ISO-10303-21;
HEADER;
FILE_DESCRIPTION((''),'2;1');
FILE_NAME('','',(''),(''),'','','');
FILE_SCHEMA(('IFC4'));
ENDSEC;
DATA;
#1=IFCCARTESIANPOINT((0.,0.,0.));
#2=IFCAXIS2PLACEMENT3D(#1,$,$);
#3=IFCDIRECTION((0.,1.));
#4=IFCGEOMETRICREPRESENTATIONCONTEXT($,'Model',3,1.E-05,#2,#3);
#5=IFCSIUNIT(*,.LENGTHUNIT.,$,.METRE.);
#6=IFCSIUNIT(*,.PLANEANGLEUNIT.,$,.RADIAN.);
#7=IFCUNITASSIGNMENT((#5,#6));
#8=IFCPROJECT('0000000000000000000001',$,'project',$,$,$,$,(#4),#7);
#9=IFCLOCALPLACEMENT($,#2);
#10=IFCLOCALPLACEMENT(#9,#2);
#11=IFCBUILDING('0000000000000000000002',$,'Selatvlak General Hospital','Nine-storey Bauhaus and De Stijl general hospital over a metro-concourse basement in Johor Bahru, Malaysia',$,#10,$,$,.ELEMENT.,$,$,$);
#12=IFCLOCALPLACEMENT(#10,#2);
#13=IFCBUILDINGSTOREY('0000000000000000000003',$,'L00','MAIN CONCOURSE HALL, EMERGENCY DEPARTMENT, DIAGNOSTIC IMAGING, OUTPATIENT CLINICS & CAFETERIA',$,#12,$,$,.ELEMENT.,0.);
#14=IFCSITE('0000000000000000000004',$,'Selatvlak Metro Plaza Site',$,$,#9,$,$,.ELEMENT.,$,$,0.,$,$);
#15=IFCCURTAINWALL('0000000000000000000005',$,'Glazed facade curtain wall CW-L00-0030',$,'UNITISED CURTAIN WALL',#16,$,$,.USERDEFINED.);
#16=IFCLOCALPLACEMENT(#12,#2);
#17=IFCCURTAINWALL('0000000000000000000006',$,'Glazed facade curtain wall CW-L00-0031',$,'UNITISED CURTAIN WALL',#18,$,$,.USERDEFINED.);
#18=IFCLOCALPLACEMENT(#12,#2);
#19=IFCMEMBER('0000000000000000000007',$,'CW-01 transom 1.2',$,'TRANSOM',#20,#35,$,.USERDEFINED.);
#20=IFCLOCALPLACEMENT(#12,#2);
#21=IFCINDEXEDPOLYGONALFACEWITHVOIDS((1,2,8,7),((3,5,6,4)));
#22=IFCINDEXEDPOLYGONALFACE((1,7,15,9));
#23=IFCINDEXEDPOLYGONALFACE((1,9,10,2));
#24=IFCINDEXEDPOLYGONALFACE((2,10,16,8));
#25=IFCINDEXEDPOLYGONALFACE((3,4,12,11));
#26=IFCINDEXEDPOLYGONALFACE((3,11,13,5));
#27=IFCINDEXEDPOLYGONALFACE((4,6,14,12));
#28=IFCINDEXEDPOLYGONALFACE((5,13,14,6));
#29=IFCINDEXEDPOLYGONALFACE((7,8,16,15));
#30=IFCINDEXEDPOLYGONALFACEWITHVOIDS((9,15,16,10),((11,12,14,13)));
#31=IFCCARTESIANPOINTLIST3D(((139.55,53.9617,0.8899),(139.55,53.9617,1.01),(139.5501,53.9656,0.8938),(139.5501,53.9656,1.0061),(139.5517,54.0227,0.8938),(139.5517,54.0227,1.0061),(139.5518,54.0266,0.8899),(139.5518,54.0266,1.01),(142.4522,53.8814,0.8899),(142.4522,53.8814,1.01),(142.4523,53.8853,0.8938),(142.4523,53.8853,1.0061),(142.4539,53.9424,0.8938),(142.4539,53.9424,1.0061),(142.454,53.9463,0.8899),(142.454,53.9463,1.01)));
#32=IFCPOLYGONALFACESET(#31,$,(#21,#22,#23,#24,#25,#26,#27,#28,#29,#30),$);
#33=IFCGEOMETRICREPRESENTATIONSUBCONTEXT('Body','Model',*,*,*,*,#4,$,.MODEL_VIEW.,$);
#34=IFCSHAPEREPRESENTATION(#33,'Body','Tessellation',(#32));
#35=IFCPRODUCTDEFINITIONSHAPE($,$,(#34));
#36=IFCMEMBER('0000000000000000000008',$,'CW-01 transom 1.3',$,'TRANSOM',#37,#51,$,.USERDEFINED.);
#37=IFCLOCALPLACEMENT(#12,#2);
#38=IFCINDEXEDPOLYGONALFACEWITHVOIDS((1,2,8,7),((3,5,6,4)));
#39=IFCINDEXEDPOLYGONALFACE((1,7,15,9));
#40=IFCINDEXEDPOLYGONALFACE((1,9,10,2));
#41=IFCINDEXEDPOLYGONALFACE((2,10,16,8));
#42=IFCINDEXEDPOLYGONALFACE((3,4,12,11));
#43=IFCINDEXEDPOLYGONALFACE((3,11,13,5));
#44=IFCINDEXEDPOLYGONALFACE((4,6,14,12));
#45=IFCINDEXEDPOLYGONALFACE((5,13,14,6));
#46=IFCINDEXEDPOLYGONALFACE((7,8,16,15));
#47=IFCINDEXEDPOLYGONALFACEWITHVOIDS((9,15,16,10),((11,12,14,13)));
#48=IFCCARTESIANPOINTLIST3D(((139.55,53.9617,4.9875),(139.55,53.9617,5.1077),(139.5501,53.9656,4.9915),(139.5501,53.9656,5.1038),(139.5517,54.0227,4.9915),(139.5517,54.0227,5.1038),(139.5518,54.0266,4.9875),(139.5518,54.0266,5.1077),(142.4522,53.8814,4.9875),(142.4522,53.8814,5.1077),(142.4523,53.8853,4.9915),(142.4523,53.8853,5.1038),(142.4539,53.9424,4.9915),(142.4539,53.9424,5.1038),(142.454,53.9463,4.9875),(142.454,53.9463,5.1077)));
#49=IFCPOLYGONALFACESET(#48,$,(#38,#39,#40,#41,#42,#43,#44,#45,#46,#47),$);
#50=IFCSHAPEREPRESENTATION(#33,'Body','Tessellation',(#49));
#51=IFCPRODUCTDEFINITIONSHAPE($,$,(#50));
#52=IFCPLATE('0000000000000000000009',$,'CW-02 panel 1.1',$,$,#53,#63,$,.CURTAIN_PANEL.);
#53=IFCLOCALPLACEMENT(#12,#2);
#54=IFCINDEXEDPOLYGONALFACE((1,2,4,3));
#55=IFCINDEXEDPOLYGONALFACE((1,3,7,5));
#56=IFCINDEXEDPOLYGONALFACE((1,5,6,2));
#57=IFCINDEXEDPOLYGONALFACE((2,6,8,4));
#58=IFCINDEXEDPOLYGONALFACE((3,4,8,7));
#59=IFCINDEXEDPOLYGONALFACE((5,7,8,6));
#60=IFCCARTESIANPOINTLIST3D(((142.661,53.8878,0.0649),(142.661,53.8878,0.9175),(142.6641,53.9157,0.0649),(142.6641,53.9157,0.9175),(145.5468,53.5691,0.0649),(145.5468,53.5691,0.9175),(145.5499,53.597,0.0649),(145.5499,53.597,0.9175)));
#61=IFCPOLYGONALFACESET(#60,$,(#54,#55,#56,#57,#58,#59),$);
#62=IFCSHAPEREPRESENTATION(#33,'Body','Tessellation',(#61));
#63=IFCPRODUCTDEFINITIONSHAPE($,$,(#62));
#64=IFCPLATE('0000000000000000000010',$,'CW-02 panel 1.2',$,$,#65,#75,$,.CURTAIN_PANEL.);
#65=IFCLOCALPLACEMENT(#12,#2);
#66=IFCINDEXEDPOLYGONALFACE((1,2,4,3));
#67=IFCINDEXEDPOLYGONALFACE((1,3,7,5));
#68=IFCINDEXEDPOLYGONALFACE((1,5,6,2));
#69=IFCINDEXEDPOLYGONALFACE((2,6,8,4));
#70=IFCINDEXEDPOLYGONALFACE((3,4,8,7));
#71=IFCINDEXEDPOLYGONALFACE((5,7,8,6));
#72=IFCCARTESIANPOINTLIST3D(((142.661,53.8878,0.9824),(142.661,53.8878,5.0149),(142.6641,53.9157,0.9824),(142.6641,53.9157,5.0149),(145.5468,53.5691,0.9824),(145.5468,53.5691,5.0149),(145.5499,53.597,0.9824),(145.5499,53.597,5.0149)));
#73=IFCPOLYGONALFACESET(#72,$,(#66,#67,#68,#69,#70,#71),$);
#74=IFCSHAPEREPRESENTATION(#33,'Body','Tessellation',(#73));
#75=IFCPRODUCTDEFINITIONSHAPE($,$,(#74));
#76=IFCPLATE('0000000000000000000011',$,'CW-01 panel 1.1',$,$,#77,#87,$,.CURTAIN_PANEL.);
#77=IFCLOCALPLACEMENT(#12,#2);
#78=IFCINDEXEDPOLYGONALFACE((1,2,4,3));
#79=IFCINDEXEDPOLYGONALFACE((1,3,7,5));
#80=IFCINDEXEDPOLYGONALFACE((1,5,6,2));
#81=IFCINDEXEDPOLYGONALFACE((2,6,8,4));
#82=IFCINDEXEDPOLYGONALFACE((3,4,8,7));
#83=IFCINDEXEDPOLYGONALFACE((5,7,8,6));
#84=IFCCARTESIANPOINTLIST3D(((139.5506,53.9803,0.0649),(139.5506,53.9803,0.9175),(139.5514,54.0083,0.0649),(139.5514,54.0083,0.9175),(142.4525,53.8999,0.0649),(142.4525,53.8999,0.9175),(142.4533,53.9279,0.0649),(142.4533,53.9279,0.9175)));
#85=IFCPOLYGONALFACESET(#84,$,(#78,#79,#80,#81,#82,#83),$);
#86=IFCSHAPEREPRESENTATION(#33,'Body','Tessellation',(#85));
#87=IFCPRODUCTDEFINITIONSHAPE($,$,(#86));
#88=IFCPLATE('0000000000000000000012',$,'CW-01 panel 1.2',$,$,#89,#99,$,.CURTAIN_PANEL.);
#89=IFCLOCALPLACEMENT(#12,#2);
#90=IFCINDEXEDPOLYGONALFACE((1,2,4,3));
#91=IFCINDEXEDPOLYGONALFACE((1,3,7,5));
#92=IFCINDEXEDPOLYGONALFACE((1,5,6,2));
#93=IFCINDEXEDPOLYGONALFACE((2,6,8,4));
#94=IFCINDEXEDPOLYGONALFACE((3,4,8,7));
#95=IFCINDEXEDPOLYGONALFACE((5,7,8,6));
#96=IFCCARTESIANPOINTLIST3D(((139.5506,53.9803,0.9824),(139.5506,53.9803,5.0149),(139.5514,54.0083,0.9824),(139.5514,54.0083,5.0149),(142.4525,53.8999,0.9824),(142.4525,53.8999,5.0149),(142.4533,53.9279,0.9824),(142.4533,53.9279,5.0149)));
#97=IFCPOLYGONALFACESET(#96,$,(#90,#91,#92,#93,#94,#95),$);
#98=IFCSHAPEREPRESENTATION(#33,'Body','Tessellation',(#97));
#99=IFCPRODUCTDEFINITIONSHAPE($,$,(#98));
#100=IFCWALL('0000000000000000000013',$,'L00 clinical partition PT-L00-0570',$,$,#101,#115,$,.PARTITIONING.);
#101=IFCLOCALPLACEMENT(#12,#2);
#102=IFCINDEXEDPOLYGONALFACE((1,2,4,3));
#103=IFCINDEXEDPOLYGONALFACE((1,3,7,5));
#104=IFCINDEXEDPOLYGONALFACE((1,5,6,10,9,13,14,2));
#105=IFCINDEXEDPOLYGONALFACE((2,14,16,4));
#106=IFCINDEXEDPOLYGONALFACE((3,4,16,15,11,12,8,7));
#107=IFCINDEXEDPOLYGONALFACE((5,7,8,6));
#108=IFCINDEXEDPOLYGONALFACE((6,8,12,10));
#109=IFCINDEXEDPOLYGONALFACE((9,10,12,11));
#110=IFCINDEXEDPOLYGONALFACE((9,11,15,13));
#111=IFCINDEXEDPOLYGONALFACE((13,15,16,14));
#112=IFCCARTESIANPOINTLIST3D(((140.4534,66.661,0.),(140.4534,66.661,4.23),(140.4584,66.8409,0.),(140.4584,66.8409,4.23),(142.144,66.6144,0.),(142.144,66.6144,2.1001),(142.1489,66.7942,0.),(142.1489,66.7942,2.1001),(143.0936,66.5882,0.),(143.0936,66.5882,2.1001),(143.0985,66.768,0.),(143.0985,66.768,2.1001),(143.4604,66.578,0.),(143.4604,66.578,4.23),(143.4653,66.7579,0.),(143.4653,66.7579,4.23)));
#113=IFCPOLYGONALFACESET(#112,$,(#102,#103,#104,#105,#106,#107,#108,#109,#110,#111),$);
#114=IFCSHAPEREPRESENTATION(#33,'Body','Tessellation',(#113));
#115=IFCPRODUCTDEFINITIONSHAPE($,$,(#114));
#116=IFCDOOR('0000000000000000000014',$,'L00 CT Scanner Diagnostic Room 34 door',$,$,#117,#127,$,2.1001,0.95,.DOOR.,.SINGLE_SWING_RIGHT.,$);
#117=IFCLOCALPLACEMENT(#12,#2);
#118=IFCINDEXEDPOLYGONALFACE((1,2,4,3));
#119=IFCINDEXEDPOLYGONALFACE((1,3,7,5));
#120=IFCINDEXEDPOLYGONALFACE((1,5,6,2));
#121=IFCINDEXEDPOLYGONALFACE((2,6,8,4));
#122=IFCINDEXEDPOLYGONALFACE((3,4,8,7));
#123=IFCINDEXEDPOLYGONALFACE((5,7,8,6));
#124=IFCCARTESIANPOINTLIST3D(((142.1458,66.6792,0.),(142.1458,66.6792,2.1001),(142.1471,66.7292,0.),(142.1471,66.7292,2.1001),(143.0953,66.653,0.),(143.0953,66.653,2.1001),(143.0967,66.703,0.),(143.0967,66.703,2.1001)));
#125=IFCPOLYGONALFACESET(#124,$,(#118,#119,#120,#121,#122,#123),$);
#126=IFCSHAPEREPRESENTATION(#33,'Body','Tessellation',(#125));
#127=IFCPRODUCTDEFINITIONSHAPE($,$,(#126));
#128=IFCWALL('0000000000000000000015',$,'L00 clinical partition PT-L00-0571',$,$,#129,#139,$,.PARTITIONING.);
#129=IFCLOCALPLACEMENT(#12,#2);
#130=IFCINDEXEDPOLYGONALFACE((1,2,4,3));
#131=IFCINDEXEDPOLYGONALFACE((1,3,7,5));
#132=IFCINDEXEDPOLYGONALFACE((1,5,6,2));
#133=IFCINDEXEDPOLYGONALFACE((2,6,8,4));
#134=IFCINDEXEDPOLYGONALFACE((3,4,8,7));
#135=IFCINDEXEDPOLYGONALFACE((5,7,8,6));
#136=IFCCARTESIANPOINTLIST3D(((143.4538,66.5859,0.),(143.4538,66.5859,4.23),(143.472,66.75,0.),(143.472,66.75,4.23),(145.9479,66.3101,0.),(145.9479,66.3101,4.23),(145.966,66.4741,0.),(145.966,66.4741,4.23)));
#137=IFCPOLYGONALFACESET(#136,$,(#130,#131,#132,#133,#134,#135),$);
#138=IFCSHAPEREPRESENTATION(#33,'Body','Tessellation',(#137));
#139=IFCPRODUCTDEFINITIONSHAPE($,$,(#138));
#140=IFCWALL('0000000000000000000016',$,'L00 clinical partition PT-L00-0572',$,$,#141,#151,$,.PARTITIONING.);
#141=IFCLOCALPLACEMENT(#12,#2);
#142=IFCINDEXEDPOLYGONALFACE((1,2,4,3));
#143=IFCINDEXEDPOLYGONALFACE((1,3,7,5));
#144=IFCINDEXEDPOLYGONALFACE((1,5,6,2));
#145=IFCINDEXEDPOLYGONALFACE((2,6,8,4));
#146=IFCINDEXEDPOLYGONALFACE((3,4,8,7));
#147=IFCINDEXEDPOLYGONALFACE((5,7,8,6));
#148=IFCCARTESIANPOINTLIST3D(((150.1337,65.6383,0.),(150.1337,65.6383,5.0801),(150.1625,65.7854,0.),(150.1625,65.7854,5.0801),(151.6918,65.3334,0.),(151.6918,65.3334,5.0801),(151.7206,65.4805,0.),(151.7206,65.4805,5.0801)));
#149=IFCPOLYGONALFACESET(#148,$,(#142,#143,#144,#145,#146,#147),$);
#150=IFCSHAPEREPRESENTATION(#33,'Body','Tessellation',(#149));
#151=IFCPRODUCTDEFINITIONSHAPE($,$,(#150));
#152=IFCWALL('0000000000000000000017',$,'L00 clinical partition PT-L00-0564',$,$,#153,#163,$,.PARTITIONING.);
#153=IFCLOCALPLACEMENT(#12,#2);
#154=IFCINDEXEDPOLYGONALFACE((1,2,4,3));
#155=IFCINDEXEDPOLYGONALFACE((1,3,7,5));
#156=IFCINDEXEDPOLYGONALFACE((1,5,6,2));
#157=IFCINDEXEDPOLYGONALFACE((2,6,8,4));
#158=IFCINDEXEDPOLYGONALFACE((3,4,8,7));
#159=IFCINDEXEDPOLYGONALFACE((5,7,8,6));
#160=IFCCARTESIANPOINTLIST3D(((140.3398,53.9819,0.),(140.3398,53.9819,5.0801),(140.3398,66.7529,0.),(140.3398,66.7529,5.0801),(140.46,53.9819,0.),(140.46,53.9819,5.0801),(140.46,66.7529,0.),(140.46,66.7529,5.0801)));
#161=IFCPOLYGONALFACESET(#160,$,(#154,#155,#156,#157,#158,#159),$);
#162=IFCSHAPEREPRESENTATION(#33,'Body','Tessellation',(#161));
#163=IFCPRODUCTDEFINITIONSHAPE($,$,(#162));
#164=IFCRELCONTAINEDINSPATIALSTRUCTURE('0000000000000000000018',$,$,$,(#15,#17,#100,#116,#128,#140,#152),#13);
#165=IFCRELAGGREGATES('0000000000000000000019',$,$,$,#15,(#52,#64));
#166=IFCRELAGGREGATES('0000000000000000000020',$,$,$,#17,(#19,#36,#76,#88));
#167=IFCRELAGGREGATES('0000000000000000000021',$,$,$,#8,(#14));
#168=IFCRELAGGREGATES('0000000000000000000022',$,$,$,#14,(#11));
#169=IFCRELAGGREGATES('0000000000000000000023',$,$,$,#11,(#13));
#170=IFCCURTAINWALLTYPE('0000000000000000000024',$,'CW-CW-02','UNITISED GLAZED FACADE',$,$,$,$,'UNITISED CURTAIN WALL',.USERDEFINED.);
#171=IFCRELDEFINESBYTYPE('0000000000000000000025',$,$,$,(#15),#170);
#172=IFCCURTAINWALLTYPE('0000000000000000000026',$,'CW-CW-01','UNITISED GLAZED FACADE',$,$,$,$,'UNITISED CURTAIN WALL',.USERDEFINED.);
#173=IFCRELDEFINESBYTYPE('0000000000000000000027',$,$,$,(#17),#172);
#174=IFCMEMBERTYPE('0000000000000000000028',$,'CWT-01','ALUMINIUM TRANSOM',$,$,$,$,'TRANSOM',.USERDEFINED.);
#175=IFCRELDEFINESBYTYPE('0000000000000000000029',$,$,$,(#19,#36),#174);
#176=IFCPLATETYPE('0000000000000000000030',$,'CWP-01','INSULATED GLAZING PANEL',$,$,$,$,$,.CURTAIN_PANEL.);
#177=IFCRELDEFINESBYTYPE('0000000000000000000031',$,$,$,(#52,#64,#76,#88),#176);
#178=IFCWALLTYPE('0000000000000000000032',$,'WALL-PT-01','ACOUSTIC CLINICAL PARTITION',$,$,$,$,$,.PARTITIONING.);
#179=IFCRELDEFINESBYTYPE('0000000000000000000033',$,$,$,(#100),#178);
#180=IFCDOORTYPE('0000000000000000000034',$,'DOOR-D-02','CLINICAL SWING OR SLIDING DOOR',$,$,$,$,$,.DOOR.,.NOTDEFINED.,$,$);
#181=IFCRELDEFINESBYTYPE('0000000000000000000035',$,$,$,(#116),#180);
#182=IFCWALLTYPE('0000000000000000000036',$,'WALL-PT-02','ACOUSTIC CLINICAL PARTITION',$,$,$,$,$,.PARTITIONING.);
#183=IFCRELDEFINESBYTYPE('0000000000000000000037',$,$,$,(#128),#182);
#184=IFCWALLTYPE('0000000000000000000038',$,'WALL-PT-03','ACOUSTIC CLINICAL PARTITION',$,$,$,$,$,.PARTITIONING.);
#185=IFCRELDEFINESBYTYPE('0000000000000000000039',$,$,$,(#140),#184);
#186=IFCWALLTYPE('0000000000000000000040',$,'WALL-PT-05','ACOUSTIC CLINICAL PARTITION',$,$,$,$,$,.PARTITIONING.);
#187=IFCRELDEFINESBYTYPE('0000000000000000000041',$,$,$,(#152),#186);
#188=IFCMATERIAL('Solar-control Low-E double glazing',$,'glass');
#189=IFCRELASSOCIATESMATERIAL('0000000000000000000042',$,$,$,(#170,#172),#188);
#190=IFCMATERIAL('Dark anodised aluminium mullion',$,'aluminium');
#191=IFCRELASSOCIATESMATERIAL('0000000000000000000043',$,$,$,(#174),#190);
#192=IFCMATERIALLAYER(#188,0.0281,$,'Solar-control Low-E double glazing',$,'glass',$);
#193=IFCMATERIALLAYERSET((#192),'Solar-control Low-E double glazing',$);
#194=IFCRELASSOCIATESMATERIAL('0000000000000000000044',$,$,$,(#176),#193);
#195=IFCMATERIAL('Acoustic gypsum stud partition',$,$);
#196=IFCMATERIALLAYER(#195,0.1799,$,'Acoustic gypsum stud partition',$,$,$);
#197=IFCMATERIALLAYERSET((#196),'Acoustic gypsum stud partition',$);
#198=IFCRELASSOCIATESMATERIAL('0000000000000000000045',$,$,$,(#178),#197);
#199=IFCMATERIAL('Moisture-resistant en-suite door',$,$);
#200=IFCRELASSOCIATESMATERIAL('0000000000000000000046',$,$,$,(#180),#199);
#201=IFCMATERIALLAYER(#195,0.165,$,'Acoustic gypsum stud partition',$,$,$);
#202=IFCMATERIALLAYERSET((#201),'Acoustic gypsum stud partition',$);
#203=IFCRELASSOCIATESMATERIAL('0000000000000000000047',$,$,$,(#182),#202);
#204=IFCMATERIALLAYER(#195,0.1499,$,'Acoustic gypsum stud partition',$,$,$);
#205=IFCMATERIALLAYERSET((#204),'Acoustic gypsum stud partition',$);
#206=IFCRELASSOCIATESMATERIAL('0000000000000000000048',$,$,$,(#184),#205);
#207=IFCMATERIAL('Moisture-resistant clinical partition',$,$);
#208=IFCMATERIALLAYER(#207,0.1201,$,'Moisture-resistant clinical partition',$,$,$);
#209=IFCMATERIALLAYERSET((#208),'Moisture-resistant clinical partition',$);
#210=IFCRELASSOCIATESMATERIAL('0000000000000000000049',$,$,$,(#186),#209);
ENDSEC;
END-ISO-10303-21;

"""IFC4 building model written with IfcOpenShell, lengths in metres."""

from ifc_helpers import new_model, si_unit, direction, frame, frame_2d, origin, origin_2d, place, context, subcontext, project, spatial, rectangle, hollow_rectangle, extrude, material, layer, layer_set, material_profile, profile_set, type_object, element, fill, aggregate, save


model = new_model("IFC4")

# Units and contexts
model_context = context("Model", 3, precision=1e-05, world=origin(), true_north=direction((0.0, 1.0)))
body_context = subcontext(model_context, "Body", "Model", "MODEL_VIEW")
ifc_project = project(units=[si_unit("LENGTHUNIT", "METRE"), si_unit("PLANEANGLEUNIT", "RADIAN")], contexts=[model_context])

# Site, building, storey
site_placement = place(None, origin())
site = spatial("IfcSite", under=ifc_project, at=site_placement, Name="Selatvlak Metro Plaza Site", CompositionType="ELEMENT", RefElevation=0.0)
building_placement = place(site_placement, origin())
building = spatial("IfcBuilding", under=site, at=building_placement, Name="Selatvlak General Hospital", Description="Nine-storey Bauhaus and De Stijl general hospital over a metro-concourse basement in Johor Bahru, Malaysia", CompositionType="ELEMENT")
storey_placement = place(building_placement, origin())
storey = spatial("IfcBuildingStorey", under=building, at=storey_placement, Name="L00", Description="MAIN CONCOURSE HALL, EMERGENCY DEPARTMENT, DIAGNOSTIC IMAGING, OUTPATIENT CLINICS & CAFETERIA", CompositionType="ELEMENT", Elevation=0.0)

# Curtain walls
ifc_material_1 = material(Name="Solar-control Low-E double glazing", Category="glass")
curtain_wall_type_1 = type_object("IfcCurtainWallType", Name="CW-CW-02", Description="UNITISED GLAZED FACADE", ElementType="UNITISED CURTAIN WALL", PredefinedType="USERDEFINED", material=ifc_material_1)
curtain_wall_1_placement = place(storey_placement, origin())
curtain_wall_1 = element("IfcCurtainWall", 1, at=curtain_wall_1_placement, inside=storey, type_object=curtain_wall_type_1, Name="Glazed facade curtain wall CW-L00-0030", ObjectType="UNITISED CURTAIN WALL", PredefinedType="USERDEFINED")
ifc_material_2 = material(Name="Dark anodised aluminium mullion", Category="aluminium")
curtain_wall_type_2 = type_object("IfcCurtainWallType", Name="CW-CW-01", Description="UNITISED GLAZED FACADE", ElementType="UNITISED CURTAIN WALL", PredefinedType="USERDEFINED", material=ifc_material_1)
curtain_wall_2_placement = place(storey_placement, origin())
curtain_wall_2 = element("IfcCurtainWall", 2, at=curtain_wall_2_placement, inside=storey, type_object=curtain_wall_type_2, Name="Glazed facade curtain wall CW-L00-0031", ObjectType="UNITISED CURTAIN WALL", PredefinedType="USERDEFINED")

# Members
ifc_material_profile_1 = material_profile(ifc_material_2, hollow_rectangle(XDim=0.0649, YDim=0.1201, WallThickness=0.0039, at=origin_2d()), Name="AL-TRN 65x120x4")
ifc_profile_set_1 = profile_set([ifc_material_profile_1], Name="Dark anodised aluminium mullion")
member_type_1 = type_object("IfcMemberType", Name="CWT-01", Description="ALUMINIUM TRANSOM", ElementType="TRANSOM", PredefinedType="USERDEFINED", material=ifc_profile_set_1)
member_1_placement = place(storey_placement, frame((142.4531, 53.9138, 0.95), z_axis=(-0.999617, 0.027667, 0.0), x_axis=(-0.027667, -0.999617, 0.0)))
member_1 = element("IfcMember", 3, at=member_1_placement, type_object=member_type_1, Name="CW-01 transom 1.2", ObjectType="TRANSOM", PredefinedType="USERDEFINED", context=body_context, shape_type="SweptSolid", body=[
    extrude(hollow_rectangle(XDim=0.0649, YDim=0.1201, WallThickness=0.0039, at=origin_2d()), origin(), (0.0, 0.0, 1.0), 2.9033),
])
member_2_placement = place(storey_placement, frame((142.4531, 53.9138, 5.0476), z_axis=(-0.999617, 0.027667, 0.0), x_axis=(-0.027667, -0.999617, 0.0)))
member_2 = element("IfcMember", 4, at=member_2_placement, type_object=member_type_1, Name="CW-01 transom 1.3", ObjectType="TRANSOM", PredefinedType="USERDEFINED", context=body_context, shape_type="SweptSolid", body=[
    extrude(hollow_rectangle(XDim=0.0649, YDim=0.1201, WallThickness=0.0039, at=origin_2d()), origin(), (0.0, 0.0, 1.0), 2.9033),
])

# Plates
ifc_layer_1 = layer(ifc_material_1, 0.0281, Name="Solar-control Low-E double glazing", Category="glass")
ifc_layer_set_1 = layer_set([ifc_layer_1], Name="Solar-control Low-E double glazing")
plate_type = type_object("IfcPlateType", Name="CWP-01", Description="INSULATED GLAZING PANEL", PredefinedType="CURTAIN_PANEL", material=ifc_layer_set_1)
plate_1_placement = place(storey_placement, frame((144.1055, 53.7424, 0.0649), z_axis=(0.0, 0.0, 1.0), x_axis=(-0.993956, 0.10978, 0.0)))
plate_1 = element("IfcPlate", 5, at=plate_1_placement, type_object=plate_type, Name="CW-02 panel 1.1", PredefinedType="CURTAIN_PANEL", context=body_context, shape_type="SweptSolid", body=[
    extrude(rectangle(XDim=2.9033, YDim=0.0281, at=origin_2d()), origin(), (0.0, 0.0, 1.0), 0.8525),
])
plate_2_placement = place(storey_placement, frame((144.1055, 53.7424, 0.9824), z_axis=(0.0, 0.0, 1.0), x_axis=(-0.993956, 0.10978, 0.0)))
plate_2 = element("IfcPlate", 6, at=plate_2_placement, type_object=plate_type, Name="CW-02 panel 1.2", PredefinedType="CURTAIN_PANEL", context=body_context, shape_type="SweptSolid", body=[
    extrude(rectangle(XDim=2.9033, YDim=0.0281, at=origin_2d()), origin(), (0.0, 0.0, 1.0), 4.0325),
])
aggregate(curtain_wall_1, [plate_1, plate_2])
plate_3_placement = place(storey_placement, frame((141.002, 53.9541, 0.0649), z_axis=(0.0, 0.0, 1.0), x_axis=(-0.999616, 0.027694, 0.0)))
plate_3 = element("IfcPlate", 7, at=plate_3_placement, type_object=plate_type, Name="CW-01 panel 1.1", PredefinedType="CURTAIN_PANEL", context=body_context, shape_type="SweptSolid", body=[
    extrude(rectangle(XDim=2.9031, YDim=0.0281, at=origin_2d()), origin(), (0.0, 0.0, 1.0), 0.8525),
])
plate_4_placement = place(storey_placement, frame((141.002, 53.9541, 0.9824), z_axis=(0.0, 0.0, 1.0), x_axis=(-0.999616, 0.027694, 0.0)))
plate_4 = element("IfcPlate", 8, at=plate_4_placement, type_object=plate_type, Name="CW-01 panel 1.2", PredefinedType="CURTAIN_PANEL", context=body_context, shape_type="SweptSolid", body=[
    extrude(rectangle(XDim=2.9031, YDim=0.0281, at=origin_2d()), origin(), (0.0, 0.0, 1.0), 4.0325),
])
aggregate(curtain_wall_2, [member_1, member_2, plate_3, plate_4])

# Wall, opening, door
ifc_material_3 = material(Name="Acoustic gypsum stud partition")
ifc_layer_2 = layer(ifc_material_3, 0.1799, Name="Acoustic gypsum stud partition")
ifc_layer_set_2 = layer_set([ifc_layer_2], Name="Acoustic gypsum stud partition")
wall_type_1 = type_object("IfcWallType", Name="WALL-PT-01", Description="ACOUSTIC CLINICAL PARTITION", PredefinedType="PARTITIONING", material=ifc_layer_set_2)
wall_1_placement = place(storey_placement, frame((140.4561, 66.751, 0.0), z_axis=(0.0, 0.0, 1.0), x_axis=(0.999619, -0.027596, 0.0)))
wall_1 = element("IfcWall", 9, at=wall_1_placement, inside=storey, type_object=wall_type_1, Name="L00 clinical partition PT-L00-0570", PredefinedType="PARTITIONING", context=body_context, shape_type="SweptSolid", body=[
    extrude(rectangle(XDim=3.0081, YDim=0.1799, at=frame_2d((1.5039, 0.0))), origin(), (0.0, 0.0, 1.0), 4.23),
])
opening_placement = place(wall_1_placement, frame((1.6909, 0.0, 0.0)))
opening = element("IfcOpeningElement", 10, at=opening_placement, cuts=wall_1, PredefinedType="OPENING", context=body_context, shape_type="SweptSolid", body=[
    extrude(rectangle(XDim=0.95, YDim=2.1001, at=frame_2d((0.4751, 1.05))), frame((0.0, 0.0999, 0.0), z_axis=(0.0, -1.0, 0.0), x_axis=(1.0, 0.0, 0.0)), (0.0, 0.0, 1.0), 0.2),
])
ifc_material_4 = material(Name="Moisture-resistant en-suite door")
door_type = type_object("IfcDoorType", Name="DOOR-D-02", Description="CLINICAL SWING OR SLIDING DOOR", OperationType="NOTDEFINED", PredefinedType="DOOR", material=ifc_material_4)
door_placement = place(opening_placement, origin())
door = element("IfcDoor", 11, at=door_placement, inside=storey, type_object=door_type, Name="L00 CT Scanner Diagnostic Room 34 door", OperationType="SINGLE_SWING_RIGHT", OverallHeight=2.1001, OverallWidth=0.95, PredefinedType="DOOR", context=body_context, shape_type="SweptSolid", body=[
    extrude(rectangle(XDim=0.95, YDim=2.1001, at=frame_2d((0.4751, 1.05))), frame((0.0, 0.0249, 0.0), z_axis=(0.0, -1.0, 0.0), x_axis=(1.0, 0.0, 0.0)), (0.0, 0.0, 1.0), 0.05),
])
fill(opening, door)

# Walls
ifc_layer_3 = layer(ifc_material_3, 0.165, Name="Acoustic gypsum stud partition")
ifc_layer_set_3 = layer_set([ifc_layer_3], Name="Acoustic gypsum stud partition")
wall_type_2 = type_object("IfcWallType", Name="WALL-PT-02", Description="ACOUSTIC CLINICAL PARTITION", PredefinedType="PARTITIONING", material=ifc_layer_set_3)
wall_2_placement = place(storey_placement, frame((143.4629, 66.668, 0.0), z_axis=(0.0, 0.0, 1.0), x_axis=(0.993938, -0.10994, 0.0)))
element("IfcWall", 12, at=wall_2_placement, inside=storey, type_object=wall_type_2, Name="L00 clinical partition PT-L00-0571", PredefinedType="PARTITIONING", context=body_context, shape_type="SweptSolid", body=[
    extrude(rectangle(XDim=2.5093, YDim=0.165, at=frame_2d((1.2546, 0.0))), origin(), (0.0, 0.0, 1.0), 4.23),
])
ifc_layer_4 = layer(ifc_material_3, 0.1499, Name="Acoustic gypsum stud partition")
ifc_layer_set_4 = layer_set([ifc_layer_4], Name="Acoustic gypsum stud partition")
wall_type_3 = type_object("IfcWallType", Name="WALL-PT-03", Description="ACOUSTIC CLINICAL PARTITION", PredefinedType="PARTITIONING", material=ifc_layer_set_4)
wall_3_placement = place(storey_placement, frame((150.1479, 65.7119, 0.0), z_axis=(0.0, 0.0, 1.0), x_axis=(0.981383, -0.192063, 0.0)))
element("IfcWall", 13, at=wall_3_placement, inside=storey, type_object=wall_type_3, Name="L00 clinical partition PT-L00-0572", PredefinedType="PARTITIONING", context=body_context, shape_type="SweptSolid", body=[
    extrude(rectangle(XDim=1.5876, YDim=0.1499, at=frame_2d((0.7939, 0.0))), origin(), (0.0, 0.0, 1.0), 5.0801),
])
ifc_material_5 = material(Name="Moisture-resistant clinical partition")
ifc_layer_5 = layer(ifc_material_5, 0.1201, Name="Moisture-resistant clinical partition")
ifc_layer_set_5 = layer_set([ifc_layer_5], Name="Moisture-resistant clinical partition")
wall_type_4 = type_object("IfcWallType", Name="WALL-PT-05", Description="ACOUSTIC CLINICAL PARTITION", PredefinedType="PARTITIONING", material=ifc_layer_set_5)
wall_4_placement = place(storey_placement, frame((140.3999, 66.7529, 0.0), z_axis=(0.0, 0.0, 1.0), x_axis=(0.0, -1.0, 0.0)))
element("IfcWall", 14, at=wall_4_placement, inside=storey, type_object=wall_type_4, Name="L00 clinical partition PT-L00-0564", PredefinedType="PARTITIONING", context=body_context, shape_type="SweptSolid", body=[
    extrude(rectangle(XDim=12.771, YDim=0.1201, at=frame_2d((6.3855, 0.0))), origin(), (0.0, 0.0, 1.0), 5.0801),
])

save(model, "model.ifc")
